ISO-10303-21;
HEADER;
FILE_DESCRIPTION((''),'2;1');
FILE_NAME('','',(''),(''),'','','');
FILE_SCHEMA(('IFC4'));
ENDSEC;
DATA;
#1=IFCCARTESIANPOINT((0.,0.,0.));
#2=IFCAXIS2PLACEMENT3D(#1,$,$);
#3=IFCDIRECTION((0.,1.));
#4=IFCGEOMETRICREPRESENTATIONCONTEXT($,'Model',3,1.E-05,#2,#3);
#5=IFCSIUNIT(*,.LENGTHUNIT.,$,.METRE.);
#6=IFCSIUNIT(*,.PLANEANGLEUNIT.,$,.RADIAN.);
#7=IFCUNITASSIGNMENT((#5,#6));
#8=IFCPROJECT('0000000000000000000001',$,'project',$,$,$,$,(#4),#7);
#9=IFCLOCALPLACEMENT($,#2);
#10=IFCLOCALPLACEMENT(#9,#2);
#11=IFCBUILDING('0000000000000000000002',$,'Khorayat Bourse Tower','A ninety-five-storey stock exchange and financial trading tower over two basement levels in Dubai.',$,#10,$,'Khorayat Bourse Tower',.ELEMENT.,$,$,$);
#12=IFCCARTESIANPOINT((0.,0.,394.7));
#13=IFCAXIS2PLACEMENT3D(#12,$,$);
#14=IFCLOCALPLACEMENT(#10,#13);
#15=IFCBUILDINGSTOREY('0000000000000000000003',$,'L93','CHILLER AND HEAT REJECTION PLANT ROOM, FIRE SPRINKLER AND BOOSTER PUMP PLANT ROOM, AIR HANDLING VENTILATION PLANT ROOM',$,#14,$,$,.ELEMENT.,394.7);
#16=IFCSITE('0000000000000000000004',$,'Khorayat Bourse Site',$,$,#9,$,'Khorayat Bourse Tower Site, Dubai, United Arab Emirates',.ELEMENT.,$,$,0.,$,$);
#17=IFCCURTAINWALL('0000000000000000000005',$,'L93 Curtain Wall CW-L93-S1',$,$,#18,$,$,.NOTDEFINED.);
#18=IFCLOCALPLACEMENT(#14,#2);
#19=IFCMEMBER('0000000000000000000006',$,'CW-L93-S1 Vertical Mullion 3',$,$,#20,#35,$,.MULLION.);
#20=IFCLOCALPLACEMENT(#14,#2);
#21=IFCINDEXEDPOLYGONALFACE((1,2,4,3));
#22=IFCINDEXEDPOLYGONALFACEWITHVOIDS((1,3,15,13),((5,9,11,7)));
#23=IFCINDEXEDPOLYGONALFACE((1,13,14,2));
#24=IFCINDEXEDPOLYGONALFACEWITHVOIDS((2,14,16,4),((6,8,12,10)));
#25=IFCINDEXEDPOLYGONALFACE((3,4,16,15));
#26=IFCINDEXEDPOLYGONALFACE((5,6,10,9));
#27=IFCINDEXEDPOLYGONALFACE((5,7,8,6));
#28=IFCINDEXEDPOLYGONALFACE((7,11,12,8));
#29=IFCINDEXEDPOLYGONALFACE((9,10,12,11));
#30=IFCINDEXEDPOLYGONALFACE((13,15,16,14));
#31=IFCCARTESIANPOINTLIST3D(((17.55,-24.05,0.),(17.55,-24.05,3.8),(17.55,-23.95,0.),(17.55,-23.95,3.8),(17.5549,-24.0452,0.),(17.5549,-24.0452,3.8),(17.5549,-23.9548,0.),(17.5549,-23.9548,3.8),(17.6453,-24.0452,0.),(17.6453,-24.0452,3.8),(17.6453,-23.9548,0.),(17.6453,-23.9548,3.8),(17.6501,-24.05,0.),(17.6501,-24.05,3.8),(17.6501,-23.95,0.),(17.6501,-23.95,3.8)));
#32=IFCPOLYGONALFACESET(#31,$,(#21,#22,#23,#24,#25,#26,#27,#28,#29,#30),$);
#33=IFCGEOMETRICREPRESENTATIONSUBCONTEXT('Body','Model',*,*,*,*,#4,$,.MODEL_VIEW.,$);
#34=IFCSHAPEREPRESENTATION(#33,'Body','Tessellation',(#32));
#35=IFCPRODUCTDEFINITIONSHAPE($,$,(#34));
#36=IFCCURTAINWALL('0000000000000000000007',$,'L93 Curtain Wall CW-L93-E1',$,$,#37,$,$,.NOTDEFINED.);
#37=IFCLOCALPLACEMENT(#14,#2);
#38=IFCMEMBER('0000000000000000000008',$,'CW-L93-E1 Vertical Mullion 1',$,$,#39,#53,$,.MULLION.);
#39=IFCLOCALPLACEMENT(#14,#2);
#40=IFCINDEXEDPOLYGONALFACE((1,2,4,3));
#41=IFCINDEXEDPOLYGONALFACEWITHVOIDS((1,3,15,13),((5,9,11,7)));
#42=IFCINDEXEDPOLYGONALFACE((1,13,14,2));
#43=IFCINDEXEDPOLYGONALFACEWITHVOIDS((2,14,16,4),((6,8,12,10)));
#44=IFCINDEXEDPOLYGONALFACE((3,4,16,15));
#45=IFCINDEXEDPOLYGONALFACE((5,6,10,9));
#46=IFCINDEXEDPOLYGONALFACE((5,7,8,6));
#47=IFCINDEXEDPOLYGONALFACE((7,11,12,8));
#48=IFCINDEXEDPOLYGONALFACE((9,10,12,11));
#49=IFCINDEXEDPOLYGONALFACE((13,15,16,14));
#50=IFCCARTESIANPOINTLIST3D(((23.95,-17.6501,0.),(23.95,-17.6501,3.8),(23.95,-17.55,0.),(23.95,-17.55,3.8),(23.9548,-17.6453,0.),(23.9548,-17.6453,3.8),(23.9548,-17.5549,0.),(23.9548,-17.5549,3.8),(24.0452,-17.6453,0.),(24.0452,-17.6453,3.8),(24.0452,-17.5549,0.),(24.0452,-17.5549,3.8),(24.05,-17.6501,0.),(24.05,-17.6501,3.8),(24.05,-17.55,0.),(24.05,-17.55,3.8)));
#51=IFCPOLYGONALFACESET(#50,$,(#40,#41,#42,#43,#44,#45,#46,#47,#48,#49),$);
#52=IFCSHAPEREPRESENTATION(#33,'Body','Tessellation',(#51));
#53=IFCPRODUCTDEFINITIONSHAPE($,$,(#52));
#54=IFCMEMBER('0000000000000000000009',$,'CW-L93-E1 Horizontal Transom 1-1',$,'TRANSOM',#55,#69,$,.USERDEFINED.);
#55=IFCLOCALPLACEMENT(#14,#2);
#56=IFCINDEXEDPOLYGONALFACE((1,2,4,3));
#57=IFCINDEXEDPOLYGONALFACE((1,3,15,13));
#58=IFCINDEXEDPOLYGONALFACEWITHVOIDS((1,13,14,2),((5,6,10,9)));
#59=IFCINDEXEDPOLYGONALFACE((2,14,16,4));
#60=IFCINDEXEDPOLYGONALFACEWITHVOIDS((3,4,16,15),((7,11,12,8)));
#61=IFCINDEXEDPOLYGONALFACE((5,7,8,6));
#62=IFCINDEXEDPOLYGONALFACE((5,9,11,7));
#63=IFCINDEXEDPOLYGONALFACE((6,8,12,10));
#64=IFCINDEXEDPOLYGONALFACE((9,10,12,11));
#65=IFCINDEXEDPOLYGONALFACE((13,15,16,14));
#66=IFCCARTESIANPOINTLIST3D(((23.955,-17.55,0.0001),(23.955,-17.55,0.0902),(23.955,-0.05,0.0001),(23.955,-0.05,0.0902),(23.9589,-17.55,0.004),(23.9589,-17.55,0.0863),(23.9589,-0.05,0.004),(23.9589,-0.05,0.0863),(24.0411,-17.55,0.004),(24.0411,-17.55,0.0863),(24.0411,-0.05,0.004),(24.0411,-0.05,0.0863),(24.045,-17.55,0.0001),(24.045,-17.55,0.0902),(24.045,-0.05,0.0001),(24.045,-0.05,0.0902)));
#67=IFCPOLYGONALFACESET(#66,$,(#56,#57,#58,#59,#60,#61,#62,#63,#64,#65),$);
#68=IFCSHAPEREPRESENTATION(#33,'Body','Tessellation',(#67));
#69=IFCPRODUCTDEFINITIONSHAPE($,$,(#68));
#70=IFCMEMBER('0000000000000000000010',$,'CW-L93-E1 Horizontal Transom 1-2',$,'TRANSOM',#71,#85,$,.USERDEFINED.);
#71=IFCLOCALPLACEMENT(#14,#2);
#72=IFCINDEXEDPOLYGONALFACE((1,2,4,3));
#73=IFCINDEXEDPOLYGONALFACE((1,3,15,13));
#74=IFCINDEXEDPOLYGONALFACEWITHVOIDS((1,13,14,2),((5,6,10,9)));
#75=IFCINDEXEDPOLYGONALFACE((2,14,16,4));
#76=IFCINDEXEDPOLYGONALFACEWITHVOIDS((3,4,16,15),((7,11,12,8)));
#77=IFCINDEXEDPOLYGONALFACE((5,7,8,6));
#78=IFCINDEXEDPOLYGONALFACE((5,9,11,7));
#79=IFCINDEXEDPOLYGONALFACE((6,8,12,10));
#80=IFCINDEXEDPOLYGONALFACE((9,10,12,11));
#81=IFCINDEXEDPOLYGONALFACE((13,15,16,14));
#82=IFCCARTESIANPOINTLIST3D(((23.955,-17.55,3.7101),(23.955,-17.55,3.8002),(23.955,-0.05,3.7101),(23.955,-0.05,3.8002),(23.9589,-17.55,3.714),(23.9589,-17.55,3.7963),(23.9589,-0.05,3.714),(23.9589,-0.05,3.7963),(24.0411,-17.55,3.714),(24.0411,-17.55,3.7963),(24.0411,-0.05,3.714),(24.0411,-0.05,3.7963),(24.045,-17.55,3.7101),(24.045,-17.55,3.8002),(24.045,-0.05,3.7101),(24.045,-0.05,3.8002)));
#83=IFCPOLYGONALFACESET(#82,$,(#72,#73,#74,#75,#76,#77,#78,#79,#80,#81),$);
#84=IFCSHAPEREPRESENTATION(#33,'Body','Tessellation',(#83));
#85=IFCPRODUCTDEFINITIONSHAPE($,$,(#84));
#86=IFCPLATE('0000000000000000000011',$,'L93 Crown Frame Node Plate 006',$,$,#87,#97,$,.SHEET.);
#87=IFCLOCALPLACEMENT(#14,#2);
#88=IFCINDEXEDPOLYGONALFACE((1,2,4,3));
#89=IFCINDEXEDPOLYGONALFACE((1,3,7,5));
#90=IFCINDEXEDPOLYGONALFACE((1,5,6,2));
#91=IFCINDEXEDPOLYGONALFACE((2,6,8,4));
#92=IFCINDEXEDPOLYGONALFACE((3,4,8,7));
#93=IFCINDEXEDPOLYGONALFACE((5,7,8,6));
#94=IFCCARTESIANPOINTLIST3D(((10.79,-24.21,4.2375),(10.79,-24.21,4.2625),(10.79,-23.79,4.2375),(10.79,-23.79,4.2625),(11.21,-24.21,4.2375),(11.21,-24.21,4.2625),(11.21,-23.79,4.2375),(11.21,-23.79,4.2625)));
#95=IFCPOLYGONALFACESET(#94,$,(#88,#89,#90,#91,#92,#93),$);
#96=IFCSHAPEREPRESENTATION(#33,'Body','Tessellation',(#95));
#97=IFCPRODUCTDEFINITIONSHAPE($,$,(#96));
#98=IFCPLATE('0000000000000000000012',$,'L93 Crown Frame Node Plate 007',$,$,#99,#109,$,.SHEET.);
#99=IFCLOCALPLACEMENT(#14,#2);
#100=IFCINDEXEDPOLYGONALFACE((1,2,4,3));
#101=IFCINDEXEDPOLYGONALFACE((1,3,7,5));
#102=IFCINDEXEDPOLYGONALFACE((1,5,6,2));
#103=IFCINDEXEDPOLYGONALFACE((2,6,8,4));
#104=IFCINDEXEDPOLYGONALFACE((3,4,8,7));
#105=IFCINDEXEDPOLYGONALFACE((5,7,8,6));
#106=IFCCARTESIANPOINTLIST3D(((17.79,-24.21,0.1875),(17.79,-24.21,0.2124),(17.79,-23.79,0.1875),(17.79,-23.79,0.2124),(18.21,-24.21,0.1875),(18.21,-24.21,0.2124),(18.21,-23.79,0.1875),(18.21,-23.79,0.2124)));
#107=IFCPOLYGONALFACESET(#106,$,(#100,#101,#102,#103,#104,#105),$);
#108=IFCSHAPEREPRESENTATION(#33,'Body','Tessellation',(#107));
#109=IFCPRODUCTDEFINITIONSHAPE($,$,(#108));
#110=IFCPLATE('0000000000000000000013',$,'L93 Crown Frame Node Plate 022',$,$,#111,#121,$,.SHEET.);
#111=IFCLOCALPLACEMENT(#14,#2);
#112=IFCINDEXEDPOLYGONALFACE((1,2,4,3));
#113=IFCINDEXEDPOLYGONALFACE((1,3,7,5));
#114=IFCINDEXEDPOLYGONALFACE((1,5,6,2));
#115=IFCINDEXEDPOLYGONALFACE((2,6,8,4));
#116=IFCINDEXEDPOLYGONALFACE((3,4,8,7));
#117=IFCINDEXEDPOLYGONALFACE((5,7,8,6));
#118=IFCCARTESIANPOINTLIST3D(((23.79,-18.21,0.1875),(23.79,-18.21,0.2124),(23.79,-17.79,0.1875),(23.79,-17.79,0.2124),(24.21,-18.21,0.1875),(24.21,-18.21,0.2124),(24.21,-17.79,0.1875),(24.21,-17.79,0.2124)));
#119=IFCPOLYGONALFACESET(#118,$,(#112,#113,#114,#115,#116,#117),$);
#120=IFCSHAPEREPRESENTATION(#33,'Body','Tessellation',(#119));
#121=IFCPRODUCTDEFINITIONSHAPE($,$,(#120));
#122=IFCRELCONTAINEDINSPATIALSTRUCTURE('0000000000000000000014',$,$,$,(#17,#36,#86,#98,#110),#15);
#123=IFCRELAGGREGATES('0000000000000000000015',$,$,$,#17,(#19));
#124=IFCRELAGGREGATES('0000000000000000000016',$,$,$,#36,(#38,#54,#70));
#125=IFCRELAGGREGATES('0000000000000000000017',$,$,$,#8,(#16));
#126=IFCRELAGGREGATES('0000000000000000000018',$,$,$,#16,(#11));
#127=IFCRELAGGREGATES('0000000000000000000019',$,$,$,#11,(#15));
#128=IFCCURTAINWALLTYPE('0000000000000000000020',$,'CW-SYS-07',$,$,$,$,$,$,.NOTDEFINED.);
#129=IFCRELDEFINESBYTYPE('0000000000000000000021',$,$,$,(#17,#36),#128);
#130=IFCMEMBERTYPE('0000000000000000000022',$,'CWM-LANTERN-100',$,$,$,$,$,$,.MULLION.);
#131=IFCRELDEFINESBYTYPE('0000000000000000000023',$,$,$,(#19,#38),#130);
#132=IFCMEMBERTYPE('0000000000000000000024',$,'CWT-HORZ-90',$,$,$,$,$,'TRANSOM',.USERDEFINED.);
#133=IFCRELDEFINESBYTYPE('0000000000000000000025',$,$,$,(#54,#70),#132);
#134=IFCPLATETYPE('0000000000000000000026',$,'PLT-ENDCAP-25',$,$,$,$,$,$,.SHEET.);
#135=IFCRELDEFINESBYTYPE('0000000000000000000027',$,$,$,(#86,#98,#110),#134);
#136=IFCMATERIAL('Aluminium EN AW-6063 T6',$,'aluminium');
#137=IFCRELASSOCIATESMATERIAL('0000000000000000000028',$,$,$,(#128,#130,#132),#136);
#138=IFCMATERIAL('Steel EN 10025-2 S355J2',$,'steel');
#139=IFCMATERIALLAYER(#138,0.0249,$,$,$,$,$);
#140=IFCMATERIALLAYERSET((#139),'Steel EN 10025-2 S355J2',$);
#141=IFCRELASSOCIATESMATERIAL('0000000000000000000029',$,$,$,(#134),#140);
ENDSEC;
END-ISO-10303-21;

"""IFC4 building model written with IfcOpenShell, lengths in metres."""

from ifc_helpers import new_model, si_unit, direction, frame, origin, origin_2d, place, context, subcontext, project, spatial, rectangle, hollow_rectangle, extrude, source, transform, mapped, material, layer, layer_set, material_profile, profile_set, type_object, element, aggregate, save


model = new_model("IFC4")

# Units and contexts
model_context = context("Model", 3, precision=1e-05, world=origin(), true_north=direction((0.0, 1.0)))
body_context = subcontext(model_context, "Body", "Model", "MODEL_VIEW")
ifc_project = project(units=[si_unit("LENGTHUNIT", "METRE"), si_unit("PLANEANGLEUNIT", "RADIAN")], contexts=[model_context])

# Site, building, storey
site_placement = place(None, origin())
site = spatial("IfcSite", under=ifc_project, at=site_placement, Name="Khorayat Bourse Site", LongName="Khorayat Bourse Tower Site, Dubai, United Arab Emirates", CompositionType="ELEMENT", RefElevation=0.0)
building_placement = place(site_placement, origin())
building = spatial("IfcBuilding", under=site, at=building_placement, Name="Khorayat Bourse Tower", Description="A ninety-five-storey stock exchange and financial trading tower over two basement levels in Dubai.", LongName="Khorayat Bourse Tower", CompositionType="ELEMENT")
storey_placement = place(building_placement, frame((0.0, 0.0, 394.7)))
storey = spatial("IfcBuildingStorey", under=building, at=storey_placement, Name="L93", Description="CHILLER AND HEAT REJECTION PLANT ROOM, FIRE SPRINKLER AND BOOSTER PUMP PLANT ROOM, AIR HANDLING VENTILATION PLANT ROOM", CompositionType="ELEMENT", Elevation=394.7)

# Shared definitions
ifc_material_1 = material(Name="Steel EN 10025-2 S355J2", Category="steel")

# Curtain wall, member
ifc_material_2 = material(Name="Aluminium EN AW-6063 T6", Category="aluminium")
curtain_wall_type = type_object("IfcCurtainWallType", Name="CW-SYS-07", PredefinedType="NOTDEFINED", material=ifc_material_2)
curtain_wall_1_placement = place(storey_placement, origin())
curtain_wall_1 = element("IfcCurtainWall", 1, at=curtain_wall_1_placement, inside=storey, type_object=curtain_wall_type, Name="L93 Curtain Wall CW-L93-S1", PredefinedType="NOTDEFINED")
ifc_material_profile_1 = material_profile(ifc_material_2, hollow_rectangle(XDim=0.1001, YDim=0.1001, WallThickness=0.0049, at=origin_2d()), Name="ALU 100x100x5")
ifc_profile_set_1 = profile_set([ifc_material_profile_1], Name="Aluminium EN AW-6063 T6")
member_type_1 = type_object("IfcMemberType", Name="CWM-LANTERN-100", PredefinedType="MULLION", material=ifc_profile_set_1)
shared_shape_1 = source(origin(), body_context, "Body", "SweptSolid", [
    extrude(hollow_rectangle(XDim=0.1001, YDim=0.1001, WallThickness=0.0049, at=origin_2d()), origin(), (0.0, 0.0, 1.0), 3.8),
])
member_1_placement = place(storey_placement, frame((17.6001, -24.0, 0.0), z_axis=(0.0, 0.0, 1.0), x_axis=(0.0, 1.0, 0.0)))
member_1 = element("IfcMember", 2, at=member_1_placement, type_object=member_type_1, Name="CW-L93-S1 Vertical Mullion 3", PredefinedType="MULLION", context=body_context, shape_type="MappedRepresentation", body=[
    mapped(shared_shape_1, transform((0.0, 0.0, 0.0), scale=1.0)),
])
aggregate(curtain_wall_1, [member_1])

# Curtain wall, members
curtain_wall_2_placement = place(storey_placement, origin())
curtain_wall_2 = element("IfcCurtainWall", 3, at=curtain_wall_2_placement, inside=storey, type_object=curtain_wall_type, Name="L93 Curtain Wall CW-L93-E1", PredefinedType="NOTDEFINED")
member_2_placement = place(storey_placement, frame((24.0, -17.6001, 0.0), z_axis=(0.0, 0.0, 1.0), x_axis=(-1.0, 0.0, 0.0)))
member_2 = element("IfcMember", 4, at=member_2_placement, type_object=member_type_1, Name="CW-L93-E1 Vertical Mullion 1", PredefinedType="MULLION", context=body_context, shape_type="MappedRepresentation", body=[
    mapped(shared_shape_1, transform((0.0, 0.0, 0.0), scale=1.0)),
])
ifc_material_profile_2 = material_profile(ifc_material_2, hollow_rectangle(XDim=0.0901, YDim=0.0901, WallThickness=0.0039, at=origin_2d()), Name="ALU 90x90x4")
ifc_profile_set_2 = profile_set([ifc_material_profile_2], Name="Aluminium EN AW-6063 T6")
member_type_2 = type_object("IfcMemberType", Name="CWT-HORZ-90", ElementType="TRANSOM", PredefinedType="USERDEFINED", material=ifc_profile_set_2)
shared_shape_2 = source(origin(), body_context, "Body", "SweptSolid", [
    extrude(hollow_rectangle(XDim=0.0901, YDim=0.0901, WallThickness=0.0039, at=origin_2d()), origin(), (0.0, 0.0, 1.0), 17.5),
])
member_3_placement = place(storey_placement, frame((24.0, -17.55, 0.0452), z_axis=(0.0, 1.0, 0.0), x_axis=(-1.0, 0.0, 0.0)))
member_3 = element("IfcMember", 5, at=member_3_placement, type_object=member_type_2, Name="CW-L93-E1 Horizontal Transom 1-1", ObjectType="TRANSOM", PredefinedType="USERDEFINED", context=body_context, shape_type="MappedRepresentation", body=[
    mapped(shared_shape_2, transform((0.0, 0.0, 0.0), scale=1.0)),
])
member_4_placement = place(storey_placement, frame((24.0, -17.55, 3.7551), z_axis=(0.0, 1.0, 0.0), x_axis=(-1.0, 0.0, 0.0)))
member_4 = element("IfcMember", 6, at=member_4_placement, type_object=member_type_2, Name="CW-L93-E1 Horizontal Transom 1-2", ObjectType="TRANSOM", PredefinedType="USERDEFINED", context=body_context, shape_type="MappedRepresentation", body=[
    mapped(shared_shape_2, transform((0.0, 0.0, 0.0), scale=1.0)),
])
aggregate(curtain_wall_2, [member_2, member_3, member_4])

# Plates
ifc_layer_1 = layer(ifc_material_1, 0.0249)
ifc_layer_set_1 = layer_set([ifc_layer_1], Name="Steel EN 10025-2 S355J2")
plate_type = type_object("IfcPlateType", Name="PLT-ENDCAP-25", PredefinedType="SHEET", material=ifc_layer_set_1)
shared_shape_3 = source(origin(), body_context, "Body", "SweptSolid", [
    extrude(rectangle(XDim=0.4199, YDim=0.4199, at=origin_2d()), origin(), (0.0, 0.0, 1.0), 0.0249),
])
for number, where, z_axis, x_axis, name in (
    (7, (11.0, -24.0, 4.2375), (0.0, 0.0, 1.0), (1.0, 0.0, 0.0), "L93 Crown Frame Node Plate 006"),
    (8, (18.0, -24.0, 0.1875), (0.0, 0.0, 1.0), (1.0, 0.0, 0.0), "L93 Crown Frame Node Plate 007"),
    (9, (24.0, -18.0, 0.1875), (0.0, 0.0, 1.0), (1.0, 0.0, 0.0), "L93 Crown Frame Node Plate 022"),
):
    element("IfcPlate", number, at=place(storey_placement, frame(where, z_axis=z_axis, x_axis=x_axis)), inside=storey, type_object=plate_type, Name=name, PredefinedType="SHEET", context=body_context, shape_type="MappedRepresentation", body=[
        mapped(shared_shape_3, transform((0.0, 0.0, 0.0), scale=1.0)),
    ])

save(model, "model.ifc")
